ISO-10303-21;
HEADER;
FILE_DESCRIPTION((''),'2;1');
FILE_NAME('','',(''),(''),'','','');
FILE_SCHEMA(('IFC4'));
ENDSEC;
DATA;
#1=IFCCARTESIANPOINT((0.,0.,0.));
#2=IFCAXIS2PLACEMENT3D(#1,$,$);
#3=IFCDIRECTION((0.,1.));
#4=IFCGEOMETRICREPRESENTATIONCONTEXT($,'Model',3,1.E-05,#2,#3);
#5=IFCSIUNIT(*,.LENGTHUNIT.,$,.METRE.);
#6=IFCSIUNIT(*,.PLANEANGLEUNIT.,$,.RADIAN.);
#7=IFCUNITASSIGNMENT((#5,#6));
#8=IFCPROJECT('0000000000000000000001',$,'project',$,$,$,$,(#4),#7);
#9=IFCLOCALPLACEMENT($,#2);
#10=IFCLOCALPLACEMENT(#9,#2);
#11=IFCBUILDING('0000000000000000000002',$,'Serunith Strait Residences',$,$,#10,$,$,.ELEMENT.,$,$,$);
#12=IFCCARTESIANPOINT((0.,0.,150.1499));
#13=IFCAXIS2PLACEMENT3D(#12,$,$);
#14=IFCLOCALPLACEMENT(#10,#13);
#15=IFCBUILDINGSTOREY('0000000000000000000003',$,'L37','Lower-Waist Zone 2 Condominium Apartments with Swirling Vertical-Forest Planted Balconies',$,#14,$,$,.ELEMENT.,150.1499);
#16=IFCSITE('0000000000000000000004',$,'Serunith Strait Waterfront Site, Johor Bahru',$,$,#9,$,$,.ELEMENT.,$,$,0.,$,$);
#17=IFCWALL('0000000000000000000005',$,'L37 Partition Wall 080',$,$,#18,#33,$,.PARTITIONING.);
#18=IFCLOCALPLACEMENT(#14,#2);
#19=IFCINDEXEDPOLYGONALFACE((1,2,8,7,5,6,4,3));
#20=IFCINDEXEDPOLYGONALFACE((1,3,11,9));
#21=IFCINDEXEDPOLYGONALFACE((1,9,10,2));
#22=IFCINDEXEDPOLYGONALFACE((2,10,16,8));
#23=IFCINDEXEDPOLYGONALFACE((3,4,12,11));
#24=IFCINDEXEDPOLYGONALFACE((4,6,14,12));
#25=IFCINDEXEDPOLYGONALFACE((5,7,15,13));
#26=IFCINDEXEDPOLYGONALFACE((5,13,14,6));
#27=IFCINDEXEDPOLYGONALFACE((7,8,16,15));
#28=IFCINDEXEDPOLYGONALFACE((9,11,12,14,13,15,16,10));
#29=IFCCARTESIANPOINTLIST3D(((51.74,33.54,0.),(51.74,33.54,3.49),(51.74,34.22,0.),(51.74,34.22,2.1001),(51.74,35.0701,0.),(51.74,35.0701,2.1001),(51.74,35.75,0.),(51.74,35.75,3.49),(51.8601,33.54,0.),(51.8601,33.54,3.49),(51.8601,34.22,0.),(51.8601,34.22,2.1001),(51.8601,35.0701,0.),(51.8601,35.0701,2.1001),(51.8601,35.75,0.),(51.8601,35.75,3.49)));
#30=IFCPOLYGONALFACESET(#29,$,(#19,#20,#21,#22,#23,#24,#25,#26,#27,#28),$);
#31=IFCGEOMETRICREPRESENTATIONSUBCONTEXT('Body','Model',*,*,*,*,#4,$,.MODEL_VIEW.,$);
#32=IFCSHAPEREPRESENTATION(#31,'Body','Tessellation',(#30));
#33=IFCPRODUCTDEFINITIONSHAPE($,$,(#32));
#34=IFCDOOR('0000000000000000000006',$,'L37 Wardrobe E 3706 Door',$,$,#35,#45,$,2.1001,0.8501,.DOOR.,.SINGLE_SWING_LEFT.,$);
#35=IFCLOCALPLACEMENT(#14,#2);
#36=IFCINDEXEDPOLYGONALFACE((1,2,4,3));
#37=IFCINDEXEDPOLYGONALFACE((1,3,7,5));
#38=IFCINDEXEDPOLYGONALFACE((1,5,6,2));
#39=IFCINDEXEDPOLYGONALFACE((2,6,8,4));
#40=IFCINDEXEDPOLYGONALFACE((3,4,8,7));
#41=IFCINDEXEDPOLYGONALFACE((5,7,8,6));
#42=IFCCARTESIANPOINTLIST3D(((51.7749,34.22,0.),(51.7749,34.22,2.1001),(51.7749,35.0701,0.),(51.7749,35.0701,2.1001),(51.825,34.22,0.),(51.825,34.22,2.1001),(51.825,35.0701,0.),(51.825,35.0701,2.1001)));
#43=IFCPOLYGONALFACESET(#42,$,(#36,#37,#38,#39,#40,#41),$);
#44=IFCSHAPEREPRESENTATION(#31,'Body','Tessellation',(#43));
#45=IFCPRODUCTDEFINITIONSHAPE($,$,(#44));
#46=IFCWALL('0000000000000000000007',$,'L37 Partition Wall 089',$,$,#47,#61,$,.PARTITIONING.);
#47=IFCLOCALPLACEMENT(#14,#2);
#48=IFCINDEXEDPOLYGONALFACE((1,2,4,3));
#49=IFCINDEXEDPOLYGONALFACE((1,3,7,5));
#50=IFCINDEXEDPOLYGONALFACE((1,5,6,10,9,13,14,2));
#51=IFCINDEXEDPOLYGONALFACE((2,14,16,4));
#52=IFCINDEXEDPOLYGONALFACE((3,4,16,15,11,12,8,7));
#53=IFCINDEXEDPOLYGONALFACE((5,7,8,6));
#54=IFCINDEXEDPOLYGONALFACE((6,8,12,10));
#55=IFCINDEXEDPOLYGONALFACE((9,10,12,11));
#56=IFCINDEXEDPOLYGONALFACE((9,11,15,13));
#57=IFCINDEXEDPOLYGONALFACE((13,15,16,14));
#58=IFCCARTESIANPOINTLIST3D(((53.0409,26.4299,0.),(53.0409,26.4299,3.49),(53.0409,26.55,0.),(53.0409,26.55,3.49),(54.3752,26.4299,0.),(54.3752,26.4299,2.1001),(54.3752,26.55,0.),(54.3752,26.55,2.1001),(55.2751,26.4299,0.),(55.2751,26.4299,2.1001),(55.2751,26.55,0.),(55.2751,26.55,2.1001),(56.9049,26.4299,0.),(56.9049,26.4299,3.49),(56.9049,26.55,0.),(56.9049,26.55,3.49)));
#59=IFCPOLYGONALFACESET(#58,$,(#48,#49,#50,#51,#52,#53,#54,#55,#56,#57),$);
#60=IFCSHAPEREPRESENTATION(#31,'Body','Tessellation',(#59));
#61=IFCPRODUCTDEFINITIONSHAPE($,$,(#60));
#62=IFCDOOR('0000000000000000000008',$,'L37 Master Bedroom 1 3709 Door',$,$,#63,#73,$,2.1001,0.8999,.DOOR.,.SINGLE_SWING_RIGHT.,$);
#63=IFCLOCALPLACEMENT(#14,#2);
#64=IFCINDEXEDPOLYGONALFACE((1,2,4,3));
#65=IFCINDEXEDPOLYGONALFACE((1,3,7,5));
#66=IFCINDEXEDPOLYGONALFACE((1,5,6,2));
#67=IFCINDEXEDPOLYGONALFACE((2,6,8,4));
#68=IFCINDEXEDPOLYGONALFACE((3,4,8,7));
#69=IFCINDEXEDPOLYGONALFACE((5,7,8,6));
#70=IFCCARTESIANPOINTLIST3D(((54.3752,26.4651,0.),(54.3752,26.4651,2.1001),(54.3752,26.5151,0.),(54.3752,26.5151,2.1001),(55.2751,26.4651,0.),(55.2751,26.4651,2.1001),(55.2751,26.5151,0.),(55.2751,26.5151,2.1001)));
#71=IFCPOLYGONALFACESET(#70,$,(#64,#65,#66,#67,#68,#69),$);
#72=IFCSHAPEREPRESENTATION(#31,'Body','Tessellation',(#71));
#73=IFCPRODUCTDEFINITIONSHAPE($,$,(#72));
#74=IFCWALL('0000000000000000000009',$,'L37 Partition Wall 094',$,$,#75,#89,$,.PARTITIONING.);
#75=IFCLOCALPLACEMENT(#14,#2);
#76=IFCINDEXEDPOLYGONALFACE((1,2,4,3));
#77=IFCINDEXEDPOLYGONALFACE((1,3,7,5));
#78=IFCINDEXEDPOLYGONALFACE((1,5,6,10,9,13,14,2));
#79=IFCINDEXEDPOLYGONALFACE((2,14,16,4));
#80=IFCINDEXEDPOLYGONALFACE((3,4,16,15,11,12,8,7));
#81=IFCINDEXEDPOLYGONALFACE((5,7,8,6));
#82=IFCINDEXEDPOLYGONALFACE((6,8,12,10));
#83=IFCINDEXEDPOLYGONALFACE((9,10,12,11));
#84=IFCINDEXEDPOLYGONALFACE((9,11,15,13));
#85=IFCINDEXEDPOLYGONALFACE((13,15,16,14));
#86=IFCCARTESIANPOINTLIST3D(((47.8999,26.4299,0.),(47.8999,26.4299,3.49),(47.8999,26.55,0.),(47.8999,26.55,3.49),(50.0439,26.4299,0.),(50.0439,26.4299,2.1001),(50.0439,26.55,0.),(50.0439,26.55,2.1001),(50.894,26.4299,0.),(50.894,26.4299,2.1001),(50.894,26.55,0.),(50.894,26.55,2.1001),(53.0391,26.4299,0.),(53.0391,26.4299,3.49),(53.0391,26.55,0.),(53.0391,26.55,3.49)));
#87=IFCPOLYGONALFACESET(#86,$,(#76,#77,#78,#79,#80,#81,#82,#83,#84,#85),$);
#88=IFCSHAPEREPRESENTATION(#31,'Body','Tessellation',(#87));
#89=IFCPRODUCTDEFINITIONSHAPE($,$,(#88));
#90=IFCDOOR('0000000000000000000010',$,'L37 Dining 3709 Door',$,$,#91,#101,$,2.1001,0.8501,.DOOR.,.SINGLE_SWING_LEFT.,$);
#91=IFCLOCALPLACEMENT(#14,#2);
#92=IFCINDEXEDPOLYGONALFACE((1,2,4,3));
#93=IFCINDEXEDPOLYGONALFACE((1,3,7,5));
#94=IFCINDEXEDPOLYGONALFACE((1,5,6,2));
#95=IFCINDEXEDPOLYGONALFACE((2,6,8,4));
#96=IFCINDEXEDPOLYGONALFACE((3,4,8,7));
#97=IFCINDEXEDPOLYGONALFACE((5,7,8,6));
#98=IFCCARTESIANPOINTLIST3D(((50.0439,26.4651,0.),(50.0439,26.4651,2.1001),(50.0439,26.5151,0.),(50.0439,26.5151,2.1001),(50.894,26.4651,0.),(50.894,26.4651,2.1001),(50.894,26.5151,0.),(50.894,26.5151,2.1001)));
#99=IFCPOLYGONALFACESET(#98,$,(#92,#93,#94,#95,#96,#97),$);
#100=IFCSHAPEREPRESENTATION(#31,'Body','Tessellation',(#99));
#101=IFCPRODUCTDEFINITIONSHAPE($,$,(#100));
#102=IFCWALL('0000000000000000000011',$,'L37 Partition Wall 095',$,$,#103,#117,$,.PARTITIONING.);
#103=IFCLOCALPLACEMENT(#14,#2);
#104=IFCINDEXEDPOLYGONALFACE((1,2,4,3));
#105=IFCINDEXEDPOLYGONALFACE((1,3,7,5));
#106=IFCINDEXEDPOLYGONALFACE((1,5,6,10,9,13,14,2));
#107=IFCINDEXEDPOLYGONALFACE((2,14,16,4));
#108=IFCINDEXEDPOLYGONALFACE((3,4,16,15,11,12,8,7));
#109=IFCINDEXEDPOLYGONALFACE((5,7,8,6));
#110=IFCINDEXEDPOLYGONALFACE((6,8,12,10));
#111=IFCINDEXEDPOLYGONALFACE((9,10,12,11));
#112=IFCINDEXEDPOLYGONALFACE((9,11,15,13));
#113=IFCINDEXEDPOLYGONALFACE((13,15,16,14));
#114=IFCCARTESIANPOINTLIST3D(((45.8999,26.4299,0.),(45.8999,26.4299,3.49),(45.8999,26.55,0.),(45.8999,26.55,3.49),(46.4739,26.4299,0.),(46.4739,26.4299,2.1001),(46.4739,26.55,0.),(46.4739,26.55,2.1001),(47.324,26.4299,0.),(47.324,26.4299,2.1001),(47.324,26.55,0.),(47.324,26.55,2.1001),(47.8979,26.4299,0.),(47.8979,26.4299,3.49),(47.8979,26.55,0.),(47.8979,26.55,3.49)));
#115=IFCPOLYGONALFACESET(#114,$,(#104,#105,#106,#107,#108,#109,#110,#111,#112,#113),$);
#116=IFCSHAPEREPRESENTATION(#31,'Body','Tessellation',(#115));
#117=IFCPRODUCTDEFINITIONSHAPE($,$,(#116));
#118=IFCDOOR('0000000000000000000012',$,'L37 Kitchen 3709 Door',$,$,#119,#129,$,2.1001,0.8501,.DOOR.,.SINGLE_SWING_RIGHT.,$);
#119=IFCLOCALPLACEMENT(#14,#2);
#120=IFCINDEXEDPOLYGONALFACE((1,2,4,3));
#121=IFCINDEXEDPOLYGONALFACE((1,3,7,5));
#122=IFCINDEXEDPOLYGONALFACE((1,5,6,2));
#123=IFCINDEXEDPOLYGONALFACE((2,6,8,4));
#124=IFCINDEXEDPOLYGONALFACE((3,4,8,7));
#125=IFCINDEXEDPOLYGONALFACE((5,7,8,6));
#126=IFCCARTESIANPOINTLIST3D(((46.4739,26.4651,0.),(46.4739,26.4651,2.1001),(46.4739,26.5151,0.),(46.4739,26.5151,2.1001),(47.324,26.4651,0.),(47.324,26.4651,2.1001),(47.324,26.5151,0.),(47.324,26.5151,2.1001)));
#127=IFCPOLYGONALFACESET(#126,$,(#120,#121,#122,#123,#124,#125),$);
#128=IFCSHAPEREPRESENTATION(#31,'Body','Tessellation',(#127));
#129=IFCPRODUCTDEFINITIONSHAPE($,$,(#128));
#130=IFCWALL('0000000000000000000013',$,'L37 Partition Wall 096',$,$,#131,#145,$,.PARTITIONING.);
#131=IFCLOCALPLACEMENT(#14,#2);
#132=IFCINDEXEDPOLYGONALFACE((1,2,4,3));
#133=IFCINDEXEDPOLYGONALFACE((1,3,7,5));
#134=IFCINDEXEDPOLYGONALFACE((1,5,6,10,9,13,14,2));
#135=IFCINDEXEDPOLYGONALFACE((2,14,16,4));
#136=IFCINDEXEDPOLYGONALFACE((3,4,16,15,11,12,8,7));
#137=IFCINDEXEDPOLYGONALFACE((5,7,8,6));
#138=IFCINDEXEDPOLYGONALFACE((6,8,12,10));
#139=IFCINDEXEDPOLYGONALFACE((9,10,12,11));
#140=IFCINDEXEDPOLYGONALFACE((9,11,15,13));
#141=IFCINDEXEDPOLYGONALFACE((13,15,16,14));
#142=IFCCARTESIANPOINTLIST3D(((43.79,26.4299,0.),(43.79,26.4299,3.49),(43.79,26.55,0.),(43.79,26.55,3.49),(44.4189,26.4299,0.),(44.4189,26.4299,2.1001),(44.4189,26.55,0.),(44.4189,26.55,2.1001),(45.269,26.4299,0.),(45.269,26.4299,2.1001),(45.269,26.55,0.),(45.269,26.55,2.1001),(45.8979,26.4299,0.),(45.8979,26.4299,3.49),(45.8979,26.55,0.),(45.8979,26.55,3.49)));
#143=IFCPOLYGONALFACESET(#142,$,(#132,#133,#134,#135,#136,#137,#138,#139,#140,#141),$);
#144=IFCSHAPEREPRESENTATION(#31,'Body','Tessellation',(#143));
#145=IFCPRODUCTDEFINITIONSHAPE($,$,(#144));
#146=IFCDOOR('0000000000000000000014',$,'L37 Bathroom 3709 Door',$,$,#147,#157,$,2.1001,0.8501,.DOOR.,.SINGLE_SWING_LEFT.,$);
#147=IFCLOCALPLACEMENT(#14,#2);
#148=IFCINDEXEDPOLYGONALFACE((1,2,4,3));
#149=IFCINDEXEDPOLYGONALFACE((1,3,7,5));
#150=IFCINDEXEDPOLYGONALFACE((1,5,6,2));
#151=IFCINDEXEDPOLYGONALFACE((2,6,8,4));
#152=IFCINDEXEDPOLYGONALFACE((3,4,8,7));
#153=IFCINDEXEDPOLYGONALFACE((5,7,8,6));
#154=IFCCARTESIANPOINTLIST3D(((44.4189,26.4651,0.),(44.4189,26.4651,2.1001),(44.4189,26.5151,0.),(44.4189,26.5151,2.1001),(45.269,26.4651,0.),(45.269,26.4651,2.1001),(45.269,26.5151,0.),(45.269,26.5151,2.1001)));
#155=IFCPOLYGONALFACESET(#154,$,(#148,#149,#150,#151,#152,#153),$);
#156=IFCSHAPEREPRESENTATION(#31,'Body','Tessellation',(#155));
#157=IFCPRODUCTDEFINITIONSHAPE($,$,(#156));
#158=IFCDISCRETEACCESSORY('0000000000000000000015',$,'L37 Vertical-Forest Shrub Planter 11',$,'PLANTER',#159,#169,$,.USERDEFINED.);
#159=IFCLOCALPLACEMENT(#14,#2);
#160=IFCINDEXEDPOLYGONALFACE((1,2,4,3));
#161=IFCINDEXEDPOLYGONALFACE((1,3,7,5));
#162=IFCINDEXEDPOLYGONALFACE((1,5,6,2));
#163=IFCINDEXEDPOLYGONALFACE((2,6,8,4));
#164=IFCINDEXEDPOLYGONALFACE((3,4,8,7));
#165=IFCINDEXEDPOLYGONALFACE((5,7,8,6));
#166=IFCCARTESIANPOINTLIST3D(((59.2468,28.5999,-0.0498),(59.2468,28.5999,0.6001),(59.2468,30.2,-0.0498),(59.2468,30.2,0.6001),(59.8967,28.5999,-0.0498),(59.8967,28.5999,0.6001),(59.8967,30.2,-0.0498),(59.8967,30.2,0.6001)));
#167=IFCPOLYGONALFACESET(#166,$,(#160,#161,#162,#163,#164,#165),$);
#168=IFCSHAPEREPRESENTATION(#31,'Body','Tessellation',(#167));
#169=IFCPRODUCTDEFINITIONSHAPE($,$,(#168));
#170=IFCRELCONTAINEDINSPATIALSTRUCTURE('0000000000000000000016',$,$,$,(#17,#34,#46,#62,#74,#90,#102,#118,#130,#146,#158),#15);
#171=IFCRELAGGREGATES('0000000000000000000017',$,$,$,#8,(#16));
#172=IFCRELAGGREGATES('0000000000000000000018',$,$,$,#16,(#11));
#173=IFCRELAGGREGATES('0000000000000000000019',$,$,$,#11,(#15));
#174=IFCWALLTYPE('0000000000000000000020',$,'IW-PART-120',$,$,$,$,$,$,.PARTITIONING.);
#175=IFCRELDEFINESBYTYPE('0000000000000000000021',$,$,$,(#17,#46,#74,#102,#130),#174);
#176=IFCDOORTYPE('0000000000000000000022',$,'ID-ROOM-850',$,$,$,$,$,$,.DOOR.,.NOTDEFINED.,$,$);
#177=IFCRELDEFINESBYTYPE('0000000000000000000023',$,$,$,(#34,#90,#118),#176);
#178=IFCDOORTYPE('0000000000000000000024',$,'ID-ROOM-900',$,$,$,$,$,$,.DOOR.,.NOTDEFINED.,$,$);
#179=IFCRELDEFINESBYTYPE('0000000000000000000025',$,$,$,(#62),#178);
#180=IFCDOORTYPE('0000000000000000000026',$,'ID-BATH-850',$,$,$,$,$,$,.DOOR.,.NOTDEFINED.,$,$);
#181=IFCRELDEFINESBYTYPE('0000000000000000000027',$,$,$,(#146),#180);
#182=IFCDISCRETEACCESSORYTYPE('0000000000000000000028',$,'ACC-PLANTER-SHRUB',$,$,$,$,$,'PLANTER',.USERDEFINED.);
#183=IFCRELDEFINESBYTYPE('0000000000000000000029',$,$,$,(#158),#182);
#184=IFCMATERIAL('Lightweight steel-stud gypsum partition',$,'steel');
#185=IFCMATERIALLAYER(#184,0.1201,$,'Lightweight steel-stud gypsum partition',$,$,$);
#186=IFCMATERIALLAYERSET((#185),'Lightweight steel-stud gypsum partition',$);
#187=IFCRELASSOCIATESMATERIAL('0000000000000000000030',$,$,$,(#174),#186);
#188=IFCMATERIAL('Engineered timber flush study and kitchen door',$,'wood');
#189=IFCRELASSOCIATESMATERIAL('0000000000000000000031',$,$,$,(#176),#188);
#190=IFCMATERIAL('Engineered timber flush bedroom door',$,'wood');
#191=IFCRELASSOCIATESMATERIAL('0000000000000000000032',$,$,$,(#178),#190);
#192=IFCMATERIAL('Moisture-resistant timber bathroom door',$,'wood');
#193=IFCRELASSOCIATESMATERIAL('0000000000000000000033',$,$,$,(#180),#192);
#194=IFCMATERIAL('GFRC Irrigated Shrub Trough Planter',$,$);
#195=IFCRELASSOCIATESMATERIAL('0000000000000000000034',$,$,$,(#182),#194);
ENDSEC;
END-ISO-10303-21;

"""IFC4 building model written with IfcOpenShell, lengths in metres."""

from ifc_helpers import new_model, si_unit, direction, frame, frame_2d, origin, origin_2d, place, context, subcontext, project, spatial, rectangle, extrude, source, transform, mapped, material, layer, layer_set, type_object, element, fill, save


model = new_model("IFC4")

# Units and contexts
model_context = context("Model", 3, precision=1e-05, world=origin(), true_north=direction((0.0, 1.0)))
body_context = subcontext(model_context, "Body", "Model", "MODEL_VIEW")
ifc_project = project(units=[si_unit("LENGTHUNIT", "METRE"), si_unit("PLANEANGLEUNIT", "RADIAN")], contexts=[model_context])

# Site, building, storey
site_placement = place(None, origin())
site = spatial("IfcSite", under=ifc_project, at=site_placement, Name="Serunith Strait Waterfront Site, Johor Bahru", CompositionType="ELEMENT", RefElevation=0.0)
building_placement = place(site_placement, origin())
building = spatial("IfcBuilding", under=site, at=building_placement, Name="Serunith Strait Residences", CompositionType="ELEMENT")
storey_placement = place(building_placement, frame((0.0, 0.0, 150.1499)))
storey = spatial("IfcBuildingStorey", under=building, at=storey_placement, Name="L37", Description="Lower-Waist Zone 2 Condominium Apartments with Swirling Vertical-Forest Planted Balconies", CompositionType="ELEMENT", Elevation=150.1499)

# Shared definitions
ifc_material_1 = material(Name="Lightweight steel-stud gypsum partition", Category="steel")
ifc_layer_1 = layer(ifc_material_1, 0.1201, Name="Lightweight steel-stud gypsum partition")
ifc_layer_set_1 = layer_set([ifc_layer_1], Name="Lightweight steel-stud gypsum partition")
wall_type_1 = type_object("IfcWallType", Name="IW-PART-120", PredefinedType="PARTITIONING", material=ifc_layer_set_1)
ifc_material_2 = material(Name="Engineered timber flush study and kitchen door", Category="wood")
door_type_1 = type_object("IfcDoorType", Name="ID-ROOM-850", OperationType="NOTDEFINED", PredefinedType="DOOR", material=ifc_material_2)
shared_shape_1 = source(origin(), body_context, "Body", "SweptSolid", [
    extrude(rectangle(XDim=0.8501, YDim=2.1001, at=frame_2d((0.425, 1.05))), frame((0.0, 0.0249, 0.0), z_axis=(0.0, -1.0, 0.0), x_axis=(1.0, 0.0, 0.0)), (0.0, 0.0, 1.0), 0.05),
])
ifc_material_3 = material(Name="Engineered timber flush bedroom door", Category="wood")
door_type_2 = type_object("IfcDoorType", Name="ID-ROOM-900", OperationType="NOTDEFINED", PredefinedType="DOOR", material=ifc_material_3)
shared_shape_2 = source(origin(), body_context, "Body", "SweptSolid", [
    extrude(rectangle(XDim=0.8999, YDim=2.1001, at=frame_2d((0.45, 1.05))), frame((0.0, 0.0249, 0.0), z_axis=(0.0, -1.0, 0.0), x_axis=(1.0, 0.0, 0.0)), (0.0, 0.0, 1.0), 0.05),
])

# Walls, openings, doors
ifc_material_4 = material(Name="Moisture-resistant timber bathroom door", Category="wood")
door_type_3 = type_object("IfcDoorType", Name="ID-BATH-850", OperationType="NOTDEFINED", PredefinedType="DOOR", material=ifc_material_4)
wall_1_placement = place(storey_placement, frame((51.8, 35.75, 0.0), z_axis=(0.0, 0.0, 1.0), x_axis=(0.0, -1.0, 0.0)))
wall_1 = element("IfcWall", 1, at=wall_1_placement, inside=storey, type_object=wall_type_1, Name="L37 Partition Wall 080", PredefinedType="PARTITIONING", context=body_context, shape_type="SweptSolid", body=[
    extrude(rectangle(XDim=2.21, YDim=0.1201, at=frame_2d((1.105, 0.0))), origin(), (0.0, 0.0, 1.0), 3.49),
])
opening_1_placement = place(wall_1_placement, frame((0.6799, 0.0, 0.0)))
opening_1 = element("IfcOpeningElement", 2, at=opening_1_placement, cuts=wall_1, PredefinedType="OPENING", context=body_context, shape_type="SweptSolid", body=[
    extrude(rectangle(XDim=0.8501, YDim=2.1001, at=frame_2d((0.425, 1.05))), frame((0.0, 0.0701, 0.0), z_axis=(0.0, -1.0, 0.0), x_axis=(1.0, 0.0, 0.0)), (0.0, 0.0, 1.0), 0.1401),
])
door_1_placement = place(opening_1_placement, origin())
door_1 = element("IfcDoor", 3, at=door_1_placement, inside=storey, type_object=door_type_1, Name="L37 Wardrobe E 3706 Door", OperationType="SINGLE_SWING_LEFT", OverallHeight=2.1001, OverallWidth=0.8501, PredefinedType="DOOR", context=body_context, shape_type="MappedRepresentation", body=[
    mapped(shared_shape_1, transform((0.0, 0.0, 0.0), scale=1.0)),
])
fill(opening_1, door_1)
wall_2_placement = place(storey_placement, frame((56.905, 26.49, 0.0), z_axis=(0.0, 0.0, 1.0), x_axis=(-1.0, 0.0, 0.0)))
wall_2 = element("IfcWall", 4, at=wall_2_placement, inside=storey, type_object=wall_type_1, Name="L37 Partition Wall 089", PredefinedType="PARTITIONING", context=body_context, shape_type="SweptSolid", body=[
    extrude(rectangle(XDim=3.864, YDim=0.1201, at=frame_2d((1.9321, 0.0))), origin(), (0.0, 0.0, 1.0), 3.49),
])
opening_2_placement = place(wall_2_placement, frame((1.6299, 0.0, 0.0)))
opening_2 = element("IfcOpeningElement", 5, at=opening_2_placement, cuts=wall_2, PredefinedType="OPENING", context=body_context, shape_type="SweptSolid", body=[
    extrude(rectangle(XDim=0.8999, YDim=2.1001, at=frame_2d((0.45, 1.05))), frame((0.0, 0.0701, 0.0), z_axis=(0.0, -1.0, 0.0), x_axis=(1.0, 0.0, 0.0)), (0.0, 0.0, 1.0), 0.1401),
])
door_2_placement = place(opening_2_placement, origin())
door_2 = element("IfcDoor", 6, at=door_2_placement, inside=storey, type_object=door_type_2, Name="L37 Master Bedroom 1 3709 Door", OperationType="SINGLE_SWING_RIGHT", OverallHeight=2.1001, OverallWidth=0.8999, PredefinedType="DOOR", context=body_context, shape_type="MappedRepresentation", body=[
    mapped(shared_shape_2, transform((0.0, 0.0, 0.0), scale=1.0)),
])
fill(opening_2, door_2)
wall_3_placement = place(storey_placement, frame((53.0391, 26.49, 0.0), z_axis=(0.0, 0.0, 1.0), x_axis=(-1.0, 0.0, 0.0)))
wall_3 = element("IfcWall", 7, at=wall_3_placement, inside=storey, type_object=wall_type_1, Name="L37 Partition Wall 094", PredefinedType="PARTITIONING", context=body_context, shape_type="SweptSolid", body=[
    extrude(rectangle(XDim=5.1392, YDim=0.1201, at=frame_2d((2.5696, 0.0))), origin(), (0.0, 0.0, 1.0), 3.49),
])
opening_3_placement = place(wall_3_placement, frame((2.145, 0.0, 0.0)))
opening_3 = element("IfcOpeningElement", 8, at=opening_3_placement, cuts=wall_3, PredefinedType="OPENING", context=body_context, shape_type="SweptSolid", body=[
    extrude(rectangle(XDim=0.8501, YDim=2.1001, at=frame_2d((0.425, 1.05))), frame((0.0, 0.0701, 0.0), z_axis=(0.0, -1.0, 0.0), x_axis=(1.0, 0.0, 0.0)), (0.0, 0.0, 1.0), 0.1401),
])
door_3_placement = place(opening_3_placement, origin())
door_3 = element("IfcDoor", 9, at=door_3_placement, inside=storey, type_object=door_type_1, Name="L37 Dining 3709 Door", OperationType="SINGLE_SWING_LEFT", OverallHeight=2.1001, OverallWidth=0.8501, PredefinedType="DOOR", context=body_context, shape_type="MappedRepresentation", body=[
    mapped(shared_shape_1, transform((0.0, 0.0, 0.0), scale=1.0)),
])
fill(opening_3, door_3)
wall_4_placement = place(storey_placement, frame((47.8979, 26.49, 0.0), z_axis=(0.0, 0.0, 1.0), x_axis=(-1.0, 0.0, 0.0)))
wall_4 = element("IfcWall", 10, at=wall_4_placement, inside=storey, type_object=wall_type_1, Name="L37 Partition Wall 095", PredefinedType="PARTITIONING", context=body_context, shape_type="SweptSolid", body=[
    extrude(rectangle(XDim=1.998, YDim=0.1201, at=frame_2d((0.999, 0.0))), origin(), (0.0, 0.0, 1.0), 3.49),
])
opening_4_placement = place(wall_4_placement, frame((0.574, 0.0, 0.0)))
opening_4 = element("IfcOpeningElement", 11, at=opening_4_placement, cuts=wall_4, PredefinedType="OPENING", context=body_context, shape_type="SweptSolid", body=[
    extrude(rectangle(XDim=0.8501, YDim=2.1001, at=frame_2d((0.425, 1.05))), frame((0.0, 0.0701, 0.0), z_axis=(0.0, -1.0, 0.0), x_axis=(1.0, 0.0, 0.0)), (0.0, 0.0, 1.0), 0.1401),
])
door_4_placement = place(opening_4_placement, origin())
door_4 = element("IfcDoor", 12, at=door_4_placement, inside=storey, type_object=door_type_1, Name="L37 Kitchen 3709 Door", OperationType="SINGLE_SWING_RIGHT", OverallHeight=2.1001, OverallWidth=0.8501, PredefinedType="DOOR", context=body_context, shape_type="MappedRepresentation", body=[
    mapped(shared_shape_1, transform((0.0, 0.0, 0.0), scale=1.0)),
])
fill(opening_4, door_4)
wall_5_placement = place(storey_placement, frame((45.8979, 26.49, 0.0), z_axis=(0.0, 0.0, 1.0), x_axis=(-1.0, 0.0, 0.0)))
wall_5 = element("IfcWall", 13, at=wall_5_placement, inside=storey, type_object=wall_type_1, Name="L37 Partition Wall 096", PredefinedType="PARTITIONING", context=body_context, shape_type="SweptSolid", body=[
    extrude(rectangle(XDim=2.1079, YDim=0.1201, at=frame_2d((1.054, 0.0))), origin(), (0.0, 0.0, 1.0), 3.49),
])
opening_5_placement = place(wall_5_placement, frame((0.6289, 0.0, 0.0)))
opening_5 = element("IfcOpeningElement", 14, at=opening_5_placement, cuts=wall_5, PredefinedType="OPENING", context=body_context, shape_type="SweptSolid", body=[
    extrude(rectangle(XDim=0.8501, YDim=2.1001, at=frame_2d((0.425, 1.05))), frame((0.0, 0.0701, 0.0), z_axis=(0.0, -1.0, 0.0), x_axis=(1.0, 0.0, 0.0)), (0.0, 0.0, 1.0), 0.1401),
])
door_5_placement = place(opening_5_placement, origin())
door_5 = element("IfcDoor", 15, at=door_5_placement, inside=storey, type_object=door_type_3, Name="L37 Bathroom 3709 Door", OperationType="SINGLE_SWING_LEFT", OverallHeight=2.1001, OverallWidth=0.8501, PredefinedType="DOOR", context=body_context, shape_type="MappedRepresentation", body=[
    mapped(shared_shape_1, transform((0.0, 0.0, 0.0), scale=1.0)),
])
fill(opening_5, door_5)

# Discrete accessory
ifc_material_5 = material(Name="GFRC Irrigated Shrub Trough Planter")
discrete_accessory_type = type_object("IfcDiscreteAccessoryType", Name="ACC-PLANTER-SHRUB", ElementType="PLANTER", PredefinedType="USERDEFINED", material=ifc_material_5)
shared_shape_3 = source(origin(), body_context, "Body", "SweptSolid", [
    extrude(rectangle(XDim=1.6001, YDim=0.6499, at=origin_2d()), origin(), (0.0, 0.0, 1.0), 0.6499),
])
discrete_accessory_placement = place(storey_placement, frame((59.5718, 29.3999, -0.0498), z_axis=(0.0, 0.0, 1.0), x_axis=(0.0, 1.0, 0.0)))
element("IfcDiscreteAccessory", 16, at=discrete_accessory_placement, inside=storey, type_object=discrete_accessory_type, Name="L37 Vertical-Forest Shrub Planter 11", ObjectType="PLANTER", PredefinedType="USERDEFINED", context=body_context, shape_type="MappedRepresentation", body=[
    mapped(shared_shape_3, transform((0.0, 0.0, 0.0), scale=1.0)),
])

save(model, "model.ifc")
